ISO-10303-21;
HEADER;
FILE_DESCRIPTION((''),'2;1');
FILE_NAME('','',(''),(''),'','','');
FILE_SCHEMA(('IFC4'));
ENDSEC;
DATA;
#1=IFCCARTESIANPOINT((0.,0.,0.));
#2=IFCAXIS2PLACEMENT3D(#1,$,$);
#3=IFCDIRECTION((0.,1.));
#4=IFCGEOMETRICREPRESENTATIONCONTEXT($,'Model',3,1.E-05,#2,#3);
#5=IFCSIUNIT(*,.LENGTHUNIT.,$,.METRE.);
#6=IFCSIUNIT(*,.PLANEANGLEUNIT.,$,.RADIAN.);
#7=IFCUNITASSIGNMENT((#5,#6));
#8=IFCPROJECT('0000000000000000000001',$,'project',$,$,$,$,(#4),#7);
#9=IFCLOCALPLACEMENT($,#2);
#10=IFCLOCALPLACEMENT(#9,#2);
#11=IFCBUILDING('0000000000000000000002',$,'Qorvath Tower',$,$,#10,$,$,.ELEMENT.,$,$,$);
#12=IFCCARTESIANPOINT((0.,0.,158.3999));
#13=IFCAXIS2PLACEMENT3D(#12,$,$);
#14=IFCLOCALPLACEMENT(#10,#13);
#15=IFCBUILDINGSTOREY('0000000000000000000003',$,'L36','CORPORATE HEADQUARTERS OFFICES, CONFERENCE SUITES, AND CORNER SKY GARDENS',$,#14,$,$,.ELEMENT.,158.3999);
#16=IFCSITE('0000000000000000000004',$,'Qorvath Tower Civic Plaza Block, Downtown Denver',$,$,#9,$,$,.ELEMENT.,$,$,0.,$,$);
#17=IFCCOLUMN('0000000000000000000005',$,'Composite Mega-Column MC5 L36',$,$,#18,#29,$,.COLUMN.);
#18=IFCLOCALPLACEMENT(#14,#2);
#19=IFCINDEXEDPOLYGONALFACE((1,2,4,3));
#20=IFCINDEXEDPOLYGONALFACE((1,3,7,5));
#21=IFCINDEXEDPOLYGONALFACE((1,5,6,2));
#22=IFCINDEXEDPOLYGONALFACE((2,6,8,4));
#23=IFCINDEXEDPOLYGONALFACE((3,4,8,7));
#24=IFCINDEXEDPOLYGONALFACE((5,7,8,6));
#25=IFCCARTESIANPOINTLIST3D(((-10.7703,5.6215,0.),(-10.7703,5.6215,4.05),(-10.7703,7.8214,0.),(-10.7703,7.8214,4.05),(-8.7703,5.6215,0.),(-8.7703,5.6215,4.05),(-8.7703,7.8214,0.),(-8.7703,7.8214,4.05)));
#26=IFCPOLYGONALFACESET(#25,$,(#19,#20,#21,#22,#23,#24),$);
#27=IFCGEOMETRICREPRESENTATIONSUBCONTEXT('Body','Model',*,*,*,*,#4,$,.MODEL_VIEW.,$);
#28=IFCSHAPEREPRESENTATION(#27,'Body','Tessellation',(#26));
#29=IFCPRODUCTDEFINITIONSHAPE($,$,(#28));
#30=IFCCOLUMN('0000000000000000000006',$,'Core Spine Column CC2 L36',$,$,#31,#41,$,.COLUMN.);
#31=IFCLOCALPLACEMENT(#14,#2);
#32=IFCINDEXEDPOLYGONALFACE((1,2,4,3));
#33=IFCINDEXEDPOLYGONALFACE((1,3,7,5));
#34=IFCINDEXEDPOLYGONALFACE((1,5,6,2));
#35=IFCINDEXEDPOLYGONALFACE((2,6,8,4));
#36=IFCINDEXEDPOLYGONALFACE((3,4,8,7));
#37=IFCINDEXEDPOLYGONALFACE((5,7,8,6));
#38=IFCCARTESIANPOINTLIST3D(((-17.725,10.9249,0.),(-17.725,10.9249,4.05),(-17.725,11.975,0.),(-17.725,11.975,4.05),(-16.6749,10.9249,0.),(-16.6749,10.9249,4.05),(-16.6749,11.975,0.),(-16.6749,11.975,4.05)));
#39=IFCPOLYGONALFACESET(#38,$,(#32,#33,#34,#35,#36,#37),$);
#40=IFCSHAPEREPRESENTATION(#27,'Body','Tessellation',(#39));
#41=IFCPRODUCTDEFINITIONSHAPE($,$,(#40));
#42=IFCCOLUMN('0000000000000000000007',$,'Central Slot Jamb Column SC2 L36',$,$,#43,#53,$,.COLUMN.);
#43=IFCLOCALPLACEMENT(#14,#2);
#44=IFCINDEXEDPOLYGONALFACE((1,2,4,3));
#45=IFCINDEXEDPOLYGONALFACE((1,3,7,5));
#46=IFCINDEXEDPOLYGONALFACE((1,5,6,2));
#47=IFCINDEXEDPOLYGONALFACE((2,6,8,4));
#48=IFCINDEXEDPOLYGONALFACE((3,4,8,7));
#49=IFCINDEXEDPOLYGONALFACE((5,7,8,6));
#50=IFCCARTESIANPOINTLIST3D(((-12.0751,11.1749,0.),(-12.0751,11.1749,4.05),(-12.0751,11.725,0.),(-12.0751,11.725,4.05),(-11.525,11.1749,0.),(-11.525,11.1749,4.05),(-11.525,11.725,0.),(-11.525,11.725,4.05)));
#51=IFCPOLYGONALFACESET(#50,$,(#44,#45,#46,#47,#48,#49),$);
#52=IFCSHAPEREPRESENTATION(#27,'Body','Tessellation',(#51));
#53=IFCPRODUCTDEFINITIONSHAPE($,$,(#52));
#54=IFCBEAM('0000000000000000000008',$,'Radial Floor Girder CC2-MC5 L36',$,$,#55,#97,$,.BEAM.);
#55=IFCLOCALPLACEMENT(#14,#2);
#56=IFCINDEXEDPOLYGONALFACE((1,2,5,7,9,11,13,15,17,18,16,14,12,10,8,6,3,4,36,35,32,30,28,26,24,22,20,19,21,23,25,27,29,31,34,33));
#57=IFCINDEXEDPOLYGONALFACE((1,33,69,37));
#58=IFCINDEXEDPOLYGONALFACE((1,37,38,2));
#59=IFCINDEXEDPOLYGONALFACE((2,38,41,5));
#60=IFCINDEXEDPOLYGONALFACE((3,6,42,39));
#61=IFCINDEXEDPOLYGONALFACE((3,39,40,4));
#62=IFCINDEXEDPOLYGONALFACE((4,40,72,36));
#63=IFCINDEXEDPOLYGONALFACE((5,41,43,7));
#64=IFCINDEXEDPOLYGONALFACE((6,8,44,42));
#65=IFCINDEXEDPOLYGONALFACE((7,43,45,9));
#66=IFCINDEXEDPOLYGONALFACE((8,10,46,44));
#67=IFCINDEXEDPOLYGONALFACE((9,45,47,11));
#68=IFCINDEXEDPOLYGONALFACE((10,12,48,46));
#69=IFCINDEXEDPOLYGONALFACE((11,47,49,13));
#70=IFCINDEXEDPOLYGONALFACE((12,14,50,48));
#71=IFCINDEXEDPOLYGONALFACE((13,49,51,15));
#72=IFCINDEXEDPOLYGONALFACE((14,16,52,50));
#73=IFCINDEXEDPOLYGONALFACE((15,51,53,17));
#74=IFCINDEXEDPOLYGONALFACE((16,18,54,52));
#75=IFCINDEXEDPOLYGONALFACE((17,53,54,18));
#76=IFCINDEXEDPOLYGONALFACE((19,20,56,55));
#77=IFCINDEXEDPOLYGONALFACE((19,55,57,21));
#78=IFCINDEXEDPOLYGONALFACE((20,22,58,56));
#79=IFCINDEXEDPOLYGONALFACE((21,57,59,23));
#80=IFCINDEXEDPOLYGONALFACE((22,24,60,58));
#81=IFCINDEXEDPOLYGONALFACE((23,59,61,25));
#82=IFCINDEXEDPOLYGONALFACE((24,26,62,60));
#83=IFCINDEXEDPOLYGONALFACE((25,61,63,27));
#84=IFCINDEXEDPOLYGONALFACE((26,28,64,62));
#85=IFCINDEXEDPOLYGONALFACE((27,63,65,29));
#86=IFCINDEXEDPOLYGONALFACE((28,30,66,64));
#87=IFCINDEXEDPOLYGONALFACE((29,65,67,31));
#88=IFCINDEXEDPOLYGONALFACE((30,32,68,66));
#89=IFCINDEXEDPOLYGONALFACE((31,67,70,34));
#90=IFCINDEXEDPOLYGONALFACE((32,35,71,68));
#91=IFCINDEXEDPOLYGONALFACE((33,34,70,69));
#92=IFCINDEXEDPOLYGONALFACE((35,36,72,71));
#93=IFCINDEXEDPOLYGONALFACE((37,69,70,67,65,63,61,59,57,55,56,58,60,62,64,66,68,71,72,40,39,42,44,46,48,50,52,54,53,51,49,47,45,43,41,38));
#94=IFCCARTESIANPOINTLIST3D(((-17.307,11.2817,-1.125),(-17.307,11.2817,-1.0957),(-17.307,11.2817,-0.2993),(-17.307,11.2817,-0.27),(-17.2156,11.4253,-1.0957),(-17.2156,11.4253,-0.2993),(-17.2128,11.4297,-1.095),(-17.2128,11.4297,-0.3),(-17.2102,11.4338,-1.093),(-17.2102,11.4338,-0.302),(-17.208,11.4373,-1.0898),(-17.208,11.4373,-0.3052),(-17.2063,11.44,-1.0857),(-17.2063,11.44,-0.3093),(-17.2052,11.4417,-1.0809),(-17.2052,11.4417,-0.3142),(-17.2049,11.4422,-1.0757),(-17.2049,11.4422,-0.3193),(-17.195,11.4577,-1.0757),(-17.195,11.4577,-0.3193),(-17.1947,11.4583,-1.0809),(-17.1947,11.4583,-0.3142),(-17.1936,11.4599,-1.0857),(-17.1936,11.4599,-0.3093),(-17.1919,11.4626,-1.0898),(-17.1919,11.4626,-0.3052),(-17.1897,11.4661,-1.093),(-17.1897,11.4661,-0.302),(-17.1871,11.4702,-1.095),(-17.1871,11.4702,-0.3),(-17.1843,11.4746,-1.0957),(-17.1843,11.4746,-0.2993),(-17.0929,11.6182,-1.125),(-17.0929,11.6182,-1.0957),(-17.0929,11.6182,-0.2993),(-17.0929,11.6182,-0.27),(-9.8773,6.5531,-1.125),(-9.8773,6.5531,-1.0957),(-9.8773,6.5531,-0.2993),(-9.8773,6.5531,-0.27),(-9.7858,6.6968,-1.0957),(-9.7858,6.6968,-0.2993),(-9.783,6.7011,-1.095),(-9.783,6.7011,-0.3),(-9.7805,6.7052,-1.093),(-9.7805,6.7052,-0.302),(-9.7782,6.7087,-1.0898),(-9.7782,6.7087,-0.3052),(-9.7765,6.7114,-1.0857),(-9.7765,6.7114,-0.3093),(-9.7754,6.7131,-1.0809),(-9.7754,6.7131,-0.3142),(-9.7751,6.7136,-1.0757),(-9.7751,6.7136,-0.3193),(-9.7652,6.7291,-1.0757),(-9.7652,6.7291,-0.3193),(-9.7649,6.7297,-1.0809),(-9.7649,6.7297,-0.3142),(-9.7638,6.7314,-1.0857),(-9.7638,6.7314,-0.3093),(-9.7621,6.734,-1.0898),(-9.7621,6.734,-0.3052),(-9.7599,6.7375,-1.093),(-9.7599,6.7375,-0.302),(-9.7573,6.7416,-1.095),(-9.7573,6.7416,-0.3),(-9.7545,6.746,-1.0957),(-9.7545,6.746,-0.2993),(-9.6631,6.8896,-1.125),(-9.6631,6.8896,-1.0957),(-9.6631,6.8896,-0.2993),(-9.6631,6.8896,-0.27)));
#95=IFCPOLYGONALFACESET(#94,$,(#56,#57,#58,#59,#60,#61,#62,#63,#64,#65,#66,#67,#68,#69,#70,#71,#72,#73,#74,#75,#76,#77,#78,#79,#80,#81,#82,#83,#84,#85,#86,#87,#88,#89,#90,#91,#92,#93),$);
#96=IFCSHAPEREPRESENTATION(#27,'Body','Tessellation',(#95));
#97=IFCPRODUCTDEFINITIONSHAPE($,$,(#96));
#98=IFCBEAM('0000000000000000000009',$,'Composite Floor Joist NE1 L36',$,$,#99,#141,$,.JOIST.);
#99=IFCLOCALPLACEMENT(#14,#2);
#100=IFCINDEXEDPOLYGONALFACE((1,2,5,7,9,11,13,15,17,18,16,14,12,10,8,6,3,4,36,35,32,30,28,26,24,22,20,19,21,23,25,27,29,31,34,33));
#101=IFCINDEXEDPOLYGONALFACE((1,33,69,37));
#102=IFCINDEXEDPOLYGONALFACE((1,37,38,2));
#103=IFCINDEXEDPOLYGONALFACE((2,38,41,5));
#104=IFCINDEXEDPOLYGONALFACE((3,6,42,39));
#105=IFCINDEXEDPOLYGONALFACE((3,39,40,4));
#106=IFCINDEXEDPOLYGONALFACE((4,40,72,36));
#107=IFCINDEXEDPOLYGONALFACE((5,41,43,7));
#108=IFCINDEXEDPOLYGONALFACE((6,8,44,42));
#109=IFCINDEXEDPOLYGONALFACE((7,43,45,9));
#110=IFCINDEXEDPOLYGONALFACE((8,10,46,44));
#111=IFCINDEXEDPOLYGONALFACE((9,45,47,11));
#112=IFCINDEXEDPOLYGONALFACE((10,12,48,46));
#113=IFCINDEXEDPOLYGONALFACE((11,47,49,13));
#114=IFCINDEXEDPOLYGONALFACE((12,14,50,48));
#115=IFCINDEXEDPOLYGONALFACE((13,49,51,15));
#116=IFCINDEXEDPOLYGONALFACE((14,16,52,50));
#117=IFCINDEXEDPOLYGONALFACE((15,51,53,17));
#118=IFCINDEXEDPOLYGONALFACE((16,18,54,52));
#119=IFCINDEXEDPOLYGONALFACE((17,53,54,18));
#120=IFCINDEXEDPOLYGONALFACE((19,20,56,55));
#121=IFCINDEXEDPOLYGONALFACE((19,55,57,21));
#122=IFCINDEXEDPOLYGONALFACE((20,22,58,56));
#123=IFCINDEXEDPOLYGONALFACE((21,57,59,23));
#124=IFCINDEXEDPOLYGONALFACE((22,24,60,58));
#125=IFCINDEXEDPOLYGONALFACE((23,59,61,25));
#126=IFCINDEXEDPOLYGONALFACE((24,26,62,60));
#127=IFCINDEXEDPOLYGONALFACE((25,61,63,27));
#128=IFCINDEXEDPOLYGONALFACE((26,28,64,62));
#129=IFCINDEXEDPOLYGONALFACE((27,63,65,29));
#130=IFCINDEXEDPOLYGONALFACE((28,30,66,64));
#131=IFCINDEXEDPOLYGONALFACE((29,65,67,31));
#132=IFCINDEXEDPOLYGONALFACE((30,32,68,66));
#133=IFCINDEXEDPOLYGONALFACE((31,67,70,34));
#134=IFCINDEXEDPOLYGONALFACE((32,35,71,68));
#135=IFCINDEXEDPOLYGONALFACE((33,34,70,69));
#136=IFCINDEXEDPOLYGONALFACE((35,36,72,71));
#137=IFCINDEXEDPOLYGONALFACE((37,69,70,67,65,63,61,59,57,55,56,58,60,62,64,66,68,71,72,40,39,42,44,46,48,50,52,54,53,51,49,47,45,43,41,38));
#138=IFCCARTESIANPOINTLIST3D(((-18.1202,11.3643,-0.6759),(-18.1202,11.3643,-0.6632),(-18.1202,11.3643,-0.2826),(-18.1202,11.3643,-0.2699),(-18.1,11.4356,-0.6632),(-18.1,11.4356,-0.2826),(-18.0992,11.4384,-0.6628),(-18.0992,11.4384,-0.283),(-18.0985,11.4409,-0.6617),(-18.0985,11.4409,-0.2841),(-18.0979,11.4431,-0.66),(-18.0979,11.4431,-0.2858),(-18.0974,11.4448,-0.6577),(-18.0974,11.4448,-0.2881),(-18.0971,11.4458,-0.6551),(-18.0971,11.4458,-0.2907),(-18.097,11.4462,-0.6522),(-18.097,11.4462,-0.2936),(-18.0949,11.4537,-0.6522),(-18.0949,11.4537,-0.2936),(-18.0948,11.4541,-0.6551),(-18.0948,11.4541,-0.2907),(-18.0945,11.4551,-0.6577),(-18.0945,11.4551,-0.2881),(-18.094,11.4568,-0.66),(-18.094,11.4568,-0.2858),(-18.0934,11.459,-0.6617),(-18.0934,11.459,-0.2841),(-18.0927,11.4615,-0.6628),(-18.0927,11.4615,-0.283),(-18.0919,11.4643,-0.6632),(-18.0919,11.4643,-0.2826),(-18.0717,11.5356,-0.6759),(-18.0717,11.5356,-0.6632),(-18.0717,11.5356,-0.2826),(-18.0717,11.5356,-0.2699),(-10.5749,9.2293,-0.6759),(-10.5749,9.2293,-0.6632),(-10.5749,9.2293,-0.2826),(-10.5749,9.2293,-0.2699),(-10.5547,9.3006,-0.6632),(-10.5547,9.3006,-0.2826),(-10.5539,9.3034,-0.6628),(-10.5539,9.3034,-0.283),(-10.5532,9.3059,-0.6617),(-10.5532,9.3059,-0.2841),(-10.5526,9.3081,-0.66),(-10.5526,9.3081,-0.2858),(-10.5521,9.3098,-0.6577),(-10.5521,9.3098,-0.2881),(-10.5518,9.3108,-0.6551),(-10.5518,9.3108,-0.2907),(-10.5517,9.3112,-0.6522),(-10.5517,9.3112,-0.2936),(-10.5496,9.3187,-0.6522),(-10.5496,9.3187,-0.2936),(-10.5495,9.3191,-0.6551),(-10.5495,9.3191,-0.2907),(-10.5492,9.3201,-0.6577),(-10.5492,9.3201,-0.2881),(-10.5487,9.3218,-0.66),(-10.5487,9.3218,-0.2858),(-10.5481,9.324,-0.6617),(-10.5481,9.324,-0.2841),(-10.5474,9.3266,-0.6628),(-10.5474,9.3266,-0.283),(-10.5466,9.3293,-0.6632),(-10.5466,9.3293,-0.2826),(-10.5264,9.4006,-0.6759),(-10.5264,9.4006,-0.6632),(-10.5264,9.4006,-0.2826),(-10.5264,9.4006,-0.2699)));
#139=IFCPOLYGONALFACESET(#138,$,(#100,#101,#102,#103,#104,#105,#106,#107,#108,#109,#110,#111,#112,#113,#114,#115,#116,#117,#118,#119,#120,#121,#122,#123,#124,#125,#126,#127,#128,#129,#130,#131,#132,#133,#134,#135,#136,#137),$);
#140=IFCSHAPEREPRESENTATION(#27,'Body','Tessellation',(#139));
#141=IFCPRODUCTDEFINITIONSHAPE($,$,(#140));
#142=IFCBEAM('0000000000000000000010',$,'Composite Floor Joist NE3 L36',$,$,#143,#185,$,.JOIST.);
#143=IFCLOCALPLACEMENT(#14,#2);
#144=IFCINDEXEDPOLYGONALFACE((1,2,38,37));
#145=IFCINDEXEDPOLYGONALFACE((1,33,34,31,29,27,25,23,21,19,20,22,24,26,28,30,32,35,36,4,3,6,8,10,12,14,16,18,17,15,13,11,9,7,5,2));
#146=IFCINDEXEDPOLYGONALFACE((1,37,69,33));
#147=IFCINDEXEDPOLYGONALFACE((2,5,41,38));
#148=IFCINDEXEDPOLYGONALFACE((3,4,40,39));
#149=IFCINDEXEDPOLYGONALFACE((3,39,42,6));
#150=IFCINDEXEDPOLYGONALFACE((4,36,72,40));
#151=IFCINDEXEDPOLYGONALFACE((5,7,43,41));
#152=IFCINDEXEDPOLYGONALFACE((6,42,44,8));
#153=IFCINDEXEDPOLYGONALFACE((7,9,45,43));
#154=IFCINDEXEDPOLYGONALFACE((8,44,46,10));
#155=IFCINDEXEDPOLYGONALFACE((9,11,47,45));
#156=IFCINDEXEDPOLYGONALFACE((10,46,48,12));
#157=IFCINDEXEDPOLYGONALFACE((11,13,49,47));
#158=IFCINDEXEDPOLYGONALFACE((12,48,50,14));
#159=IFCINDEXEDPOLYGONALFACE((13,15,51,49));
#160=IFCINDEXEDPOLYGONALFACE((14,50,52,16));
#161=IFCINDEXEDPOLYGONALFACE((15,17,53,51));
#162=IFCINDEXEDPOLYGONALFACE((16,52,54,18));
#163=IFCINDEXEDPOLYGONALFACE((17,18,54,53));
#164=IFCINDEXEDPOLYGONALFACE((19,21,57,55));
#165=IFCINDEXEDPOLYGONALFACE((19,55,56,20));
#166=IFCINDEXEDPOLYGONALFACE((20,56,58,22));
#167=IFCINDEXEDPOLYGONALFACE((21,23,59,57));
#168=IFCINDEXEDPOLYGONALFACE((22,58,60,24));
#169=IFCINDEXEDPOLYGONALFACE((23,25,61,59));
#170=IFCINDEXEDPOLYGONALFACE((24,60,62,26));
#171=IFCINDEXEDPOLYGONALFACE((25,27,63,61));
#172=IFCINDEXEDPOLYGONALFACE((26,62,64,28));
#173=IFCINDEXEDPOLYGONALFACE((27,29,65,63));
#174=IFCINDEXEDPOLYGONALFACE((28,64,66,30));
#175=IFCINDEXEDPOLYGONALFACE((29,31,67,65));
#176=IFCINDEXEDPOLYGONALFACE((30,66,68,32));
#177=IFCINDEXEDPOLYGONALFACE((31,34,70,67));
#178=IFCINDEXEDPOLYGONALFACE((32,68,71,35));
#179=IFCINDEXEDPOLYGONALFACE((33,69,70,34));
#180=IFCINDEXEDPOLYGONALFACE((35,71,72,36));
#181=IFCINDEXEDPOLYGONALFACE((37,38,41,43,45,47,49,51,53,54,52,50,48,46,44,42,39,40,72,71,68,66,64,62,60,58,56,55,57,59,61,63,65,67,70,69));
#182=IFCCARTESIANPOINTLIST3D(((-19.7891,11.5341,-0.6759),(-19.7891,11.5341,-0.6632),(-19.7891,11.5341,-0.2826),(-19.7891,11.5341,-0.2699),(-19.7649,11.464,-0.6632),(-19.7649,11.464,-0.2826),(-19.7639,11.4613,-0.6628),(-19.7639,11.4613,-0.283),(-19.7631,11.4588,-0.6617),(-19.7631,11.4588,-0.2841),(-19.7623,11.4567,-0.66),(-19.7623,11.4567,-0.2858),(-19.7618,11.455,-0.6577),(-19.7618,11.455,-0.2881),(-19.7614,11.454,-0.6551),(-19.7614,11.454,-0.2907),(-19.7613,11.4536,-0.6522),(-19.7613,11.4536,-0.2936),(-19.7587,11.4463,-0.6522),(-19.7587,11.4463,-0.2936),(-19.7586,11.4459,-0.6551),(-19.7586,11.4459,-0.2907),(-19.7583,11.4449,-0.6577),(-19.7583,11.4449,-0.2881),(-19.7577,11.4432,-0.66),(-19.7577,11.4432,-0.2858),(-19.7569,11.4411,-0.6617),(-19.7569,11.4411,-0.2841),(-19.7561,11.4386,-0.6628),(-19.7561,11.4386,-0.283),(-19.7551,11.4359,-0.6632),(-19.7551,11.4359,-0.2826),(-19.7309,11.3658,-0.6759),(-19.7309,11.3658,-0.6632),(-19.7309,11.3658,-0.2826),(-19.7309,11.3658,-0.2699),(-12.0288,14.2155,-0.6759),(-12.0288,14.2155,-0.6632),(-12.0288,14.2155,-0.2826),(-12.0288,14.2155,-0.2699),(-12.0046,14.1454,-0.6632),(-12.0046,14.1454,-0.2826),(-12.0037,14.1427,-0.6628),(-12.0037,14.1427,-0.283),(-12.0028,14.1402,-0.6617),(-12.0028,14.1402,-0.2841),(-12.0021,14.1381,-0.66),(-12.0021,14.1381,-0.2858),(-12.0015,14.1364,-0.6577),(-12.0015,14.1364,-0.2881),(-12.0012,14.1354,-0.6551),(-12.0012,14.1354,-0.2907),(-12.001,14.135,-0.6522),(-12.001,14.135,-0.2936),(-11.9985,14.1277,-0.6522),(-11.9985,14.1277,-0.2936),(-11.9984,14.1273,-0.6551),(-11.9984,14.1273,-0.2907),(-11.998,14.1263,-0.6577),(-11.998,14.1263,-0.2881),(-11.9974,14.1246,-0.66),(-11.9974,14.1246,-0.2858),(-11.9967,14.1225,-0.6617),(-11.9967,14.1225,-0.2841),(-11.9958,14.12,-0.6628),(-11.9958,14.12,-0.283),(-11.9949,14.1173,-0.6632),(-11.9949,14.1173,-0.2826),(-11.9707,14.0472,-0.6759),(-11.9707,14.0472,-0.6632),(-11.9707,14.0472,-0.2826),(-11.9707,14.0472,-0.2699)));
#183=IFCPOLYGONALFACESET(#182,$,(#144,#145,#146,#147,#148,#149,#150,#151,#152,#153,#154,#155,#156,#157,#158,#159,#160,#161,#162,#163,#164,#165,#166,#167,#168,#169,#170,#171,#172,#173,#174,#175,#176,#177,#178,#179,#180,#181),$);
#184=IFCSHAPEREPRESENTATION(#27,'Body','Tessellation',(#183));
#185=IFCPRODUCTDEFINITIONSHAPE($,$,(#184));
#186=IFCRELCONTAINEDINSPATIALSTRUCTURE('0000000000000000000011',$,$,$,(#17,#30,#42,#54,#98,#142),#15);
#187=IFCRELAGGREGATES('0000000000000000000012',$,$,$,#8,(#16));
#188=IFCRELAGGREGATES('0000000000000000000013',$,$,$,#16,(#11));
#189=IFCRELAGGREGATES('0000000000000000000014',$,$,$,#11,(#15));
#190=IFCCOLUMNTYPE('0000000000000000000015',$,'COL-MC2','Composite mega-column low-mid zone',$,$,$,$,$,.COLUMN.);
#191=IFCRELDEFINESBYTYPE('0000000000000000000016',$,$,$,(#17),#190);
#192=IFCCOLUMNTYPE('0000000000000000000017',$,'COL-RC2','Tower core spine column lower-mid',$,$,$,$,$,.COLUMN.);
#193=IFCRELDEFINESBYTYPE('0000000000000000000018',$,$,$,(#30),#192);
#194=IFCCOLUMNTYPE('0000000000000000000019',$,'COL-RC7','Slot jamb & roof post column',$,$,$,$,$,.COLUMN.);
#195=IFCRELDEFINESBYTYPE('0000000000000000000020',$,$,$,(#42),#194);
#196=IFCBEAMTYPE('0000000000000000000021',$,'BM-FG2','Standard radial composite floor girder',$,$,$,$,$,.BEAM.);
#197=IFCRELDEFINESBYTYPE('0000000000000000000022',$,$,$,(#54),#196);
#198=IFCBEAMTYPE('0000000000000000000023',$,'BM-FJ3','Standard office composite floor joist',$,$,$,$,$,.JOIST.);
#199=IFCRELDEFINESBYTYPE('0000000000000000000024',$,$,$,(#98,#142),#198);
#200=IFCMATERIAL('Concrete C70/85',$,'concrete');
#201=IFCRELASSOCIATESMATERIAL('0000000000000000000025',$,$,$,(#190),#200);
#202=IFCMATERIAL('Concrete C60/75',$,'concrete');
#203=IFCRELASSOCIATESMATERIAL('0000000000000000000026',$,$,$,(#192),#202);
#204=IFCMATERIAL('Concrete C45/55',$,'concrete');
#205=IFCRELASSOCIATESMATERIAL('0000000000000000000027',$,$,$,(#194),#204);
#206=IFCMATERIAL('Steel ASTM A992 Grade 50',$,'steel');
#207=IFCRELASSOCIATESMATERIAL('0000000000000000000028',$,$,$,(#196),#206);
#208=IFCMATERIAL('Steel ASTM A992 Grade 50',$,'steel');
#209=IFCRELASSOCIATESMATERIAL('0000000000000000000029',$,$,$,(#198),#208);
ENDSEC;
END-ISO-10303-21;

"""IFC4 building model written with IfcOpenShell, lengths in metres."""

from ifc_helpers import new_model, si_unit, direction, frame, origin, origin_2d, place, context, subcontext, project, spatial, rectangle, i_section, extrude, material, material_profile, profile_set, type_object, element, save


model = new_model("IFC4")

# Units and contexts
model_context = context("Model", 3, precision=1e-05, world=origin(), true_north=direction((0.0, 1.0)))
body_context = subcontext(model_context, "Body", "Model", "MODEL_VIEW")
ifc_project = project(units=[si_unit("LENGTHUNIT", "METRE"), si_unit("PLANEANGLEUNIT", "RADIAN")], contexts=[model_context])

# Site, building, storey
site_placement = place(None, origin())
site = spatial("IfcSite", under=ifc_project, at=site_placement, Name="Qorvath Tower Civic Plaza Block, Downtown Denver", CompositionType="ELEMENT", RefElevation=0.0)
building_placement = place(site_placement, origin())
building = spatial("IfcBuilding", under=site, at=building_placement, Name="Qorvath Tower", CompositionType="ELEMENT")
storey_placement = place(building_placement, frame((0.0, 0.0, 158.3999)))
storey = spatial("IfcBuildingStorey", under=building, at=storey_placement, Name="L36", Description="CORPORATE HEADQUARTERS OFFICES, CONFERENCE SUITES, AND CORNER SKY GARDENS", CompositionType="ELEMENT", Elevation=158.3999)

# Columns
ifc_material_1 = material(Name="Concrete C70/85", Category="concrete")
ifc_material_profile_1 = material_profile(ifc_material_1, rectangle(XDim=2.0, YDim=2.2, at=origin_2d()), Name="MC 2200x2000")
ifc_profile_set_1 = profile_set([ifc_material_profile_1], Name="Concrete C70/85")
column_type_1 = type_object("IfcColumnType", Name="COL-MC2", Description="Composite mega-column low-mid zone", PredefinedType="COLUMN", material=ifc_profile_set_1)
column_1_placement = place(storey_placement, frame((-9.7703, 6.7214, 0.0), z_axis=(0.0, 0.0, 1.0), x_axis=(1.0, 0.0, 0.0)))
element("IfcColumn", 1, at=column_1_placement, inside=storey, type_object=column_type_1, Name="Composite Mega-Column MC5 L36", PredefinedType="COLUMN", context=body_context, shape_type="SweptSolid", body=[
    extrude(rectangle(XDim=2.0, YDim=2.2, at=origin_2d()), origin(), (0.0, 0.0, 1.0), 4.05),
])
ifc_material_2 = material(Name="Concrete C60/75", Category="concrete")
ifc_material_profile_2 = material_profile(ifc_material_2, rectangle(XDim=1.05, YDim=1.05, at=origin_2d()), Name="RC 1050x1050")
ifc_profile_set_2 = profile_set([ifc_material_profile_2], Name="Concrete C60/75")
column_type_2 = type_object("IfcColumnType", Name="COL-RC2", Description="Tower core spine column lower-mid", PredefinedType="COLUMN", material=ifc_profile_set_2)
column_2_placement = place(storey_placement, frame((-17.2, 11.45, 0.0), z_axis=(0.0, 0.0, 1.0), x_axis=(1.0, 0.0, 0.0)))
element("IfcColumn", 2, at=column_2_placement, inside=storey, type_object=column_type_2, Name="Core Spine Column CC2 L36", PredefinedType="COLUMN", context=body_context, shape_type="SweptSolid", body=[
    extrude(rectangle(XDim=1.05, YDim=1.05, at=origin_2d()), origin(), (0.0, 0.0, 1.0), 4.05),
])
ifc_material_3 = material(Name="Concrete C45/55", Category="concrete")
ifc_material_profile_3 = material_profile(ifc_material_3, rectangle(XDim=0.55, YDim=0.55, at=origin_2d()), Name="RC 550x550")
ifc_profile_set_3 = profile_set([ifc_material_profile_3], Name="Concrete C45/55")
column_type_3 = type_object("IfcColumnType", Name="COL-RC7", Description="Slot jamb & roof post column", PredefinedType="COLUMN", material=ifc_profile_set_3)
column_3_placement = place(storey_placement, frame((-11.8, 11.45, 0.0), z_axis=(0.0, 0.0, 1.0), x_axis=(1.0, 0.0, 0.0)))
element("IfcColumn", 3, at=column_3_placement, inside=storey, type_object=column_type_3, Name="Central Slot Jamb Column SC2 L36", PredefinedType="COLUMN", context=body_context, shape_type="SweptSolid", body=[
    extrude(rectangle(XDim=0.55, YDim=0.55, at=origin_2d()), origin(), (0.0, 0.0, 1.0), 4.05),
])

# Beams
ifc_material_4 = material(Name="Steel ASTM A992 Grade 50", Category="steel")
ifc_material_profile_4 = material_profile(ifc_material_4, i_section(OverallWidth=0.3989, OverallDepth=0.855, WebThickness=0.0183, FlangeThickness=0.0293, FilletRadius=0.02, at=origin_2d()), Name="W33x201")
ifc_profile_set_4 = profile_set([ifc_material_profile_4], Name="Steel ASTM A992 Grade 50")
beam_type_1 = type_object("IfcBeamType", Name="BM-FG2", Description="Standard radial composite floor girder", PredefinedType="BEAM", material=ifc_profile_set_4)
beam_1_placement = place(storey_placement, frame((-17.2, 11.45, -0.6975), z_axis=(0.843634, -0.536919, 0.0), x_axis=(0.536919, 0.843634, 0.0)))
element("IfcBeam", 4, at=beam_1_placement, inside=storey, type_object=beam_type_1, Name="Radial Floor Girder CC2-MC5 L36", PredefinedType="BEAM", context=body_context, shape_type="SweptSolid", body=[
    extrude(i_section(OverallWidth=0.3989, OverallDepth=0.855, WebThickness=0.0183, FlangeThickness=0.0293, FilletRadius=0.02, at=origin_2d()), origin(), (0.0, 0.0, 1.0), 8.8069),
])
ifc_material_5 = material(Name="Steel ASTM A992 Grade 50", Category="steel")
ifc_material_profile_5 = material_profile(ifc_material_5, i_section(OverallWidth=0.178, OverallDepth=0.406, WebThickness=0.0078, FlangeThickness=0.0127, FilletRadius=0.011, at=origin_2d()), Name="W16x40")
ifc_profile_set_5 = profile_set([ifc_material_profile_5], Name="Steel ASTM A992 Grade 50")
beam_type_2 = type_object("IfcBeamType", Name="BM-FJ3", Description="Standard office composite floor joist", PredefinedType="JOIST", material=ifc_profile_set_5)
beam_2_placement = place(storey_placement, frame((-18.0959, 11.45, -0.4729), z_axis=(0.962222, -0.272265, 0.0), x_axis=(0.272265, 0.962222, 0.0)))
element("IfcBeam", 5, at=beam_2_placement, inside=storey, type_object=beam_type_2, Name="Composite Floor Joist NE1 L36", PredefinedType="JOIST", context=body_context, shape_type="SweptSolid", body=[
    extrude(i_section(OverallWidth=0.178, OverallDepth=0.406, WebThickness=0.0078, FlangeThickness=0.0127, FilletRadius=0.011, at=origin_2d()), origin(), (0.0, 0.0, 1.0), 7.8416),
])
beam_3_placement = place(storey_placement, frame((-19.76, 11.45, -0.4729), z_axis=(0.945168, 0.326584, 0.0), x_axis=(-0.326584, 0.945168, 0.0)))
element("IfcBeam", 6, at=beam_3_placement, inside=storey, type_object=beam_type_2, Name="Composite Floor Joist NE3 L36", PredefinedType="JOIST", context=body_context, shape_type="SweptSolid", body=[
    extrude(i_section(OverallWidth=0.178, OverallDepth=0.406, WebThickness=0.0078, FlangeThickness=0.0127, FilletRadius=0.011, at=origin_2d()), origin(), (0.0, 0.0, 1.0), 8.2104),
])

save(model, "model.ifc")
